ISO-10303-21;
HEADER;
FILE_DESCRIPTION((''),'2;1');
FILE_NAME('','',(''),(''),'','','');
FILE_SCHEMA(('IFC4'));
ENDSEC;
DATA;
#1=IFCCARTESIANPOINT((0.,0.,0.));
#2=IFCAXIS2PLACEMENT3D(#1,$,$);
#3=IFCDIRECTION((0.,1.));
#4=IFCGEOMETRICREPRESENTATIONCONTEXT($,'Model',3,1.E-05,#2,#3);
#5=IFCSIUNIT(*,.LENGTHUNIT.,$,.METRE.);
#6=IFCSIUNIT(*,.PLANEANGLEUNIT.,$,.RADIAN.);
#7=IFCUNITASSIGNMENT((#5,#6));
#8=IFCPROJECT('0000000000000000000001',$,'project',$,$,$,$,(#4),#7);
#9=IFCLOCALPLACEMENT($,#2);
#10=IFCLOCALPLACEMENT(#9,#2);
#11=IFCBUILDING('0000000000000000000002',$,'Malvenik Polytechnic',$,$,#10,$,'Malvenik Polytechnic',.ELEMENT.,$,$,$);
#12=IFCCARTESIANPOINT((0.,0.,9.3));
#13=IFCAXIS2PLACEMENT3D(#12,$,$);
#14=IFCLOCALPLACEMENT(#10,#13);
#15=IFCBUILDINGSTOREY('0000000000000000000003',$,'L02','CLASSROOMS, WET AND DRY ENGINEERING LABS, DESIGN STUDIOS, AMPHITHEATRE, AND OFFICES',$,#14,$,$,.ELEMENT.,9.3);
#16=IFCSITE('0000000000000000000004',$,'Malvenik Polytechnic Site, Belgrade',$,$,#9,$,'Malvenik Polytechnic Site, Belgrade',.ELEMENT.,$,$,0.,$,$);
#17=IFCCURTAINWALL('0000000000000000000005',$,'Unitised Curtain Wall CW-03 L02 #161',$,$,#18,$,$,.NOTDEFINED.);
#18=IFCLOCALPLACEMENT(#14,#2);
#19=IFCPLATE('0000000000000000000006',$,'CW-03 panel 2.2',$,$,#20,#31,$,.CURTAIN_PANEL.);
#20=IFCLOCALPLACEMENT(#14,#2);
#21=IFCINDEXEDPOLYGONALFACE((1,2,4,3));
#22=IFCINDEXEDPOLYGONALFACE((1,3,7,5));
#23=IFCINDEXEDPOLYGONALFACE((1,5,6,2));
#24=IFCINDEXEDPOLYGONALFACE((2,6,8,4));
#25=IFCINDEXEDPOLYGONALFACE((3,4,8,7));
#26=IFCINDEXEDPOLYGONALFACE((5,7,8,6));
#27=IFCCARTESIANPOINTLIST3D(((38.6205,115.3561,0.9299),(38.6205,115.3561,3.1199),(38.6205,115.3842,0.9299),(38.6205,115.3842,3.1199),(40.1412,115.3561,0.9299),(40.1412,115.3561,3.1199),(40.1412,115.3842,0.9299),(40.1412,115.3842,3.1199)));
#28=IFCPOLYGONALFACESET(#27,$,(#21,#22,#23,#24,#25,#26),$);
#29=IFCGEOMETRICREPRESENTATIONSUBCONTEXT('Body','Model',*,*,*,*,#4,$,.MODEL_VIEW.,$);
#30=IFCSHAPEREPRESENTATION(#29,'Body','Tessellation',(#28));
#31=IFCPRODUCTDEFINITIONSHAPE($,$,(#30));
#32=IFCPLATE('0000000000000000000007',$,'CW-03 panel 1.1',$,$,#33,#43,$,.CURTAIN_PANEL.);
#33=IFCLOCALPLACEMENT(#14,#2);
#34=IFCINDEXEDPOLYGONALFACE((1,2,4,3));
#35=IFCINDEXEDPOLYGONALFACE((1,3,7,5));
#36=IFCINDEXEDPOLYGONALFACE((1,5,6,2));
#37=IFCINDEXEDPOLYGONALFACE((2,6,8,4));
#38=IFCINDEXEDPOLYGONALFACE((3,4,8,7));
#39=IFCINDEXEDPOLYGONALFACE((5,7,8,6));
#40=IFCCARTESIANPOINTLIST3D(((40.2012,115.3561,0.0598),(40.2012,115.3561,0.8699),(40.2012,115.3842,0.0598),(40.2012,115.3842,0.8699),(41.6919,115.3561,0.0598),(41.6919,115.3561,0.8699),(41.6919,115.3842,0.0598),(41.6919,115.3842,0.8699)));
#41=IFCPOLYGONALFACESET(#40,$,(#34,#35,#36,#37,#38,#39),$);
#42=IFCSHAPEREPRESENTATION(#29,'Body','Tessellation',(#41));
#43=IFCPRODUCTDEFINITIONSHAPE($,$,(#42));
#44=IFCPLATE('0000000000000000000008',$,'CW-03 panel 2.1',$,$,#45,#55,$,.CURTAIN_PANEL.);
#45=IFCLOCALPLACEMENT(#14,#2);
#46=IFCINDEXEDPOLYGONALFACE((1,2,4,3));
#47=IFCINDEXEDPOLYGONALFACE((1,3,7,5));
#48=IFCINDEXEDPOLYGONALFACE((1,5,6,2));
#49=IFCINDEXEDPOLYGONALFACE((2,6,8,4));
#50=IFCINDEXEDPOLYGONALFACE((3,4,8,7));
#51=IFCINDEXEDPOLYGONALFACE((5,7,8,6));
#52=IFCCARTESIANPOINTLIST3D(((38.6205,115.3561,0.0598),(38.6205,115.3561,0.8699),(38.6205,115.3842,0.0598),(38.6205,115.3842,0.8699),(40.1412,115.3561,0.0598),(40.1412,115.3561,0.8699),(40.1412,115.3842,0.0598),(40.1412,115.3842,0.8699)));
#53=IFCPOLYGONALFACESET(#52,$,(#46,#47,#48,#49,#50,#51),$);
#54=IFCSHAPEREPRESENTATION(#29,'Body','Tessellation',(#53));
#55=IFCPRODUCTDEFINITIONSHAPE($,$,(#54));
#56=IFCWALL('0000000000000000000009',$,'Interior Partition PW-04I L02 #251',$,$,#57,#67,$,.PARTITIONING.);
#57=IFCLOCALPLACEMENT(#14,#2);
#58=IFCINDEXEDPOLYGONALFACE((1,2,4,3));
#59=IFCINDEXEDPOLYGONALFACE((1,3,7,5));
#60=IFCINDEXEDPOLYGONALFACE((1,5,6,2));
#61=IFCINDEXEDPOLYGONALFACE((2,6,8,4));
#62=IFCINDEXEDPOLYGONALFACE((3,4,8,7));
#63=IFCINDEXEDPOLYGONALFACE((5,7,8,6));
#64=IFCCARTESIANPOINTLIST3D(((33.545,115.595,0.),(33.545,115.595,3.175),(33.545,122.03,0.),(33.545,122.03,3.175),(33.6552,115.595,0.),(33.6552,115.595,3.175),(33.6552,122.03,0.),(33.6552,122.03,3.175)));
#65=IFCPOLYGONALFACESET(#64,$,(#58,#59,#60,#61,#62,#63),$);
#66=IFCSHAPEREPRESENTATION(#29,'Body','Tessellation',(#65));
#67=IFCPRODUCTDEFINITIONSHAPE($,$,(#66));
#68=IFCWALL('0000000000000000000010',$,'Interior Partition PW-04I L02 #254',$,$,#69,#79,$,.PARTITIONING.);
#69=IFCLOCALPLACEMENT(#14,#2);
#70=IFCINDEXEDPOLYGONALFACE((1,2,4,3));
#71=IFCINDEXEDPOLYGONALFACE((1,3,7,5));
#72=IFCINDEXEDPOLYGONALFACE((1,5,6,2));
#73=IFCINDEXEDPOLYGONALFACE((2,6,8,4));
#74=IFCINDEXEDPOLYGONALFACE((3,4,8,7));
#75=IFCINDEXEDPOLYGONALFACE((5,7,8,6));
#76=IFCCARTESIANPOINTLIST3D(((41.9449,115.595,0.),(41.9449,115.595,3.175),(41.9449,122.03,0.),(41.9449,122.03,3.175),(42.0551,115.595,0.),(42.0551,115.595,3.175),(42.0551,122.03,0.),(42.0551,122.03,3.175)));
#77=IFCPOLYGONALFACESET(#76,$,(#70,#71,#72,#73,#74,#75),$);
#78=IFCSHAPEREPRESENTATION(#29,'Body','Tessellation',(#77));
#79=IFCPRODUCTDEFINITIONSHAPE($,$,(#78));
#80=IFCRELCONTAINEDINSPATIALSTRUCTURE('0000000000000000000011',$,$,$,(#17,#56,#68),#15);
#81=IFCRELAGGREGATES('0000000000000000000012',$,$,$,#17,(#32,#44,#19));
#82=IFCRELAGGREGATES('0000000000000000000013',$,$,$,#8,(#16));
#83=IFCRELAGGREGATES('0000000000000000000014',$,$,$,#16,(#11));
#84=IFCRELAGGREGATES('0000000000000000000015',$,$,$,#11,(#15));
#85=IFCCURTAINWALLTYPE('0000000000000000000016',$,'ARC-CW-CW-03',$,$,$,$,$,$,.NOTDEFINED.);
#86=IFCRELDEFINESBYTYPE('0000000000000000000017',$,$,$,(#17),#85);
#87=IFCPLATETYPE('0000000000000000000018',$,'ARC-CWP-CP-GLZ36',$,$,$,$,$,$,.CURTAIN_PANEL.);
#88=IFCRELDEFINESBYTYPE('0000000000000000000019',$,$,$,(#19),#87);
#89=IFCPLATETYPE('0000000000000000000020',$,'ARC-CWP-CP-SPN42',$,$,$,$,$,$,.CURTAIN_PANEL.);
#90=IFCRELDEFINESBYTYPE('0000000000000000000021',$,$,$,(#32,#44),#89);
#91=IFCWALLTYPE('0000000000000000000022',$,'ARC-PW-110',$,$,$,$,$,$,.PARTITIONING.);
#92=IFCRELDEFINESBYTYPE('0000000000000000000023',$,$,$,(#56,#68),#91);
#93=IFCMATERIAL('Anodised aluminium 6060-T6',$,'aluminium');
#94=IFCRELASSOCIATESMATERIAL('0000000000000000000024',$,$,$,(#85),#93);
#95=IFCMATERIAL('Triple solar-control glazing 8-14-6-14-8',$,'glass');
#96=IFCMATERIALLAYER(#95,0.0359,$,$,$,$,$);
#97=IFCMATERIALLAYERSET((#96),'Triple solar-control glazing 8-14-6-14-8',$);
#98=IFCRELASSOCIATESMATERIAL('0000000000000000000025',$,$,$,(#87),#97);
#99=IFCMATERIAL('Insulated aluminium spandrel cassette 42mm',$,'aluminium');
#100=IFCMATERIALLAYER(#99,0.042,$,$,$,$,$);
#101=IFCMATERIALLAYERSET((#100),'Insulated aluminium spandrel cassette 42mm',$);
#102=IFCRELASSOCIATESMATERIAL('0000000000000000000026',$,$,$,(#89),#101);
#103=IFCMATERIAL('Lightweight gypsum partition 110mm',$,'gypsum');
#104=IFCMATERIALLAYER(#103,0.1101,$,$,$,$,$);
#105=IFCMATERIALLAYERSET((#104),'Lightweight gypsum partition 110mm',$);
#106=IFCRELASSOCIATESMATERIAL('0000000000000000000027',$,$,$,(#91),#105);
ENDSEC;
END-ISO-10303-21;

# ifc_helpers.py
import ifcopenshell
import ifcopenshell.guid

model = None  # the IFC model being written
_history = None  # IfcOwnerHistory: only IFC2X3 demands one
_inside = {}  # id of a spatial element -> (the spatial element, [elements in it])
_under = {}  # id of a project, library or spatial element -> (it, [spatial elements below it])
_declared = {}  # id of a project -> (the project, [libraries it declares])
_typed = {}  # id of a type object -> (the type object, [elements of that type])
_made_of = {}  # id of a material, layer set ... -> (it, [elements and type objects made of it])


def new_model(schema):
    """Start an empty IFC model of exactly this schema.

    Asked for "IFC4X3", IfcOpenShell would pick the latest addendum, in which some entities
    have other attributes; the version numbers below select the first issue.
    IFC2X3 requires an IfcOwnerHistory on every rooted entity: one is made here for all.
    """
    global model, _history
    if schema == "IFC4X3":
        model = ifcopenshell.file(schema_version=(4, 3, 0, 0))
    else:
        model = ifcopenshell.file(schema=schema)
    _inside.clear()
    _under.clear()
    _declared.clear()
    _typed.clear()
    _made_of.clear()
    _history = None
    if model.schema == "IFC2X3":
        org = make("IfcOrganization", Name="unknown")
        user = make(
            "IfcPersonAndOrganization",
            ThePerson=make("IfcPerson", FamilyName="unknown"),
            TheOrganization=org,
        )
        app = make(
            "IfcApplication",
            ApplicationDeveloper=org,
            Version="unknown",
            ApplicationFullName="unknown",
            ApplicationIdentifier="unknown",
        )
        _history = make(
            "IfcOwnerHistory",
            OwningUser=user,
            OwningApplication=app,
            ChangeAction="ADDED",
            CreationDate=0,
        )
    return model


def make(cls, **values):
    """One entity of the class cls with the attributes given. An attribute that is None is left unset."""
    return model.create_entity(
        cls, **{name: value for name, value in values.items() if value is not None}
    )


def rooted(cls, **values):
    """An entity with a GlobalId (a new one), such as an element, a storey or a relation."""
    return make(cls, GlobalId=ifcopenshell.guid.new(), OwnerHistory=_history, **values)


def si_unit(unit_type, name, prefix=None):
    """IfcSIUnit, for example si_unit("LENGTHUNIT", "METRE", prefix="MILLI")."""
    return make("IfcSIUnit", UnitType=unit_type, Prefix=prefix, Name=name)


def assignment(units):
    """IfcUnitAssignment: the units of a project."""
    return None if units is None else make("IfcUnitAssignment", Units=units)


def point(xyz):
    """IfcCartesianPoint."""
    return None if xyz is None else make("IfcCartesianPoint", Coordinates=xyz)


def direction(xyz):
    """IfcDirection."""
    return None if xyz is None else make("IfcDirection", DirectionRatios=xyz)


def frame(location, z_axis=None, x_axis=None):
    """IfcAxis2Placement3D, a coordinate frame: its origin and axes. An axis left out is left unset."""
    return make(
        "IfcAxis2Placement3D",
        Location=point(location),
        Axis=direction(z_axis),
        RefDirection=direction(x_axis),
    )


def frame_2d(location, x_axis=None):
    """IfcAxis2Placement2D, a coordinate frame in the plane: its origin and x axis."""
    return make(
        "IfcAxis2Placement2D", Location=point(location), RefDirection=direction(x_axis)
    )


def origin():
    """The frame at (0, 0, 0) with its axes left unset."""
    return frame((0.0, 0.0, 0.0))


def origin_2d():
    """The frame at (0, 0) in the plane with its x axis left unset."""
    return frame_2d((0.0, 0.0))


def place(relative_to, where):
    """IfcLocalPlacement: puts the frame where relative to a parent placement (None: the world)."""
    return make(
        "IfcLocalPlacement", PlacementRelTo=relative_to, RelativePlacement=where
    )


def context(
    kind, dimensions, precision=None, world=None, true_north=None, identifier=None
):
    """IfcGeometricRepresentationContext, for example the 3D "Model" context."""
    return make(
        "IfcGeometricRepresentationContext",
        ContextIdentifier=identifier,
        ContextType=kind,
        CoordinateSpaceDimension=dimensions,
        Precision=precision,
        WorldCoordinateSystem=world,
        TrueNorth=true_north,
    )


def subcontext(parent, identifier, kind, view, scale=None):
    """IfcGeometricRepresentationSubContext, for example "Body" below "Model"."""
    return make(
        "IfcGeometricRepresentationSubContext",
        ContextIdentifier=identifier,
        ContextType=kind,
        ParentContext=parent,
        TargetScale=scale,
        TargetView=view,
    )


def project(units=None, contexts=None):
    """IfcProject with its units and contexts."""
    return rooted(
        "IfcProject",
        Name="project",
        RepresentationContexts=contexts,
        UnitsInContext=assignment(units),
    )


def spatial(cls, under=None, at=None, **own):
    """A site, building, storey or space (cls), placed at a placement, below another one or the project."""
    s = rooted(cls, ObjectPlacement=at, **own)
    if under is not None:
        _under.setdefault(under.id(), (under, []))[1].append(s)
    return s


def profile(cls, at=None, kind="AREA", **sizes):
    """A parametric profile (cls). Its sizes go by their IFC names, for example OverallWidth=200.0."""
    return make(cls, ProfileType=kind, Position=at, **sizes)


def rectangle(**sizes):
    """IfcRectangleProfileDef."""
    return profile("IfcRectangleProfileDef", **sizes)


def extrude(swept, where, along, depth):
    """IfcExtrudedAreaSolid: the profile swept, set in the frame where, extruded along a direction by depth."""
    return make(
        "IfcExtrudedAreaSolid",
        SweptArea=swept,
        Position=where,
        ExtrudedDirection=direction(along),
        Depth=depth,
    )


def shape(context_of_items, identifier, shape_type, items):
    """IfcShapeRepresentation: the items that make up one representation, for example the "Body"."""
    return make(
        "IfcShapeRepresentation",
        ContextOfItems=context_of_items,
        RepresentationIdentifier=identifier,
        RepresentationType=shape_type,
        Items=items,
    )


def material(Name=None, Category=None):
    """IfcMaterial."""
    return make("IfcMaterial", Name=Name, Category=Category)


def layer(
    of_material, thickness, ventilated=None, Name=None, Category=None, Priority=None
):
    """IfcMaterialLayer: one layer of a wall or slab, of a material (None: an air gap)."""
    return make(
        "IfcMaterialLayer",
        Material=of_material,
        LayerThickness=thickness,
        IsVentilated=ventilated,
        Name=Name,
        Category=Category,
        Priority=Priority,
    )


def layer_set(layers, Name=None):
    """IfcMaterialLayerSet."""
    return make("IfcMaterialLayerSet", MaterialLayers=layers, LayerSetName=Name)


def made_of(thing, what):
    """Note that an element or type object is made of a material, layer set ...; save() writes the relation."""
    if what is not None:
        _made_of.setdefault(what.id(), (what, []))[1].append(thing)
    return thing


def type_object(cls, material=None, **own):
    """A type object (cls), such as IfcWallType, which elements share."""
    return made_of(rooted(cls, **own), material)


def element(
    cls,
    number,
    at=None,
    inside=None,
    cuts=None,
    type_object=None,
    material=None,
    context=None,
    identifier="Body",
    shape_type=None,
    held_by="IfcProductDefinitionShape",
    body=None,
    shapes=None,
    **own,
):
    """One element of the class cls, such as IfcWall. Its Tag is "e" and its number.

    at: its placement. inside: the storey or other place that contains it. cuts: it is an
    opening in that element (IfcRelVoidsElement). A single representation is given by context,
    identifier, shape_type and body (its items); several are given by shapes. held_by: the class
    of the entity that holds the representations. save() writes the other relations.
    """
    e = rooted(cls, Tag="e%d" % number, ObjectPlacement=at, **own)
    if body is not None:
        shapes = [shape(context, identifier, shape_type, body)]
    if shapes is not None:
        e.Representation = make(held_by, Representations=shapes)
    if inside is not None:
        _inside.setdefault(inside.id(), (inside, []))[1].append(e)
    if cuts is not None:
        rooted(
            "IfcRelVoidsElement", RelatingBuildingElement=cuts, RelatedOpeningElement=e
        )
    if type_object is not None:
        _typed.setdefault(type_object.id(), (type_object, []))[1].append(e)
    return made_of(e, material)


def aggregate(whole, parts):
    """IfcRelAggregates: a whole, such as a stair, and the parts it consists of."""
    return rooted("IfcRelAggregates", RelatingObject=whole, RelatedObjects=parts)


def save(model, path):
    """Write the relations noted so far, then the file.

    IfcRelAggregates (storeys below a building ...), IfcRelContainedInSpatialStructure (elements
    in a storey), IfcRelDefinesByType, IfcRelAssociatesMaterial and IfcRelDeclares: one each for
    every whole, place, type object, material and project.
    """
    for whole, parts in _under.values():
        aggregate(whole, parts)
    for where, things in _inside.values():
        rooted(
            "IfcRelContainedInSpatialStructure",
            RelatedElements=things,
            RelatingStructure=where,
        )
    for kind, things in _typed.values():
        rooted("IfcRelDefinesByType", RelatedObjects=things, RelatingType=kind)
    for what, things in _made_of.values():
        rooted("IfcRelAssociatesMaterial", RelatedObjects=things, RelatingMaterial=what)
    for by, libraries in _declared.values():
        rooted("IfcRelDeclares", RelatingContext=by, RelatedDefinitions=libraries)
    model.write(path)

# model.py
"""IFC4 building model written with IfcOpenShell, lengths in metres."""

from ifc_helpers import new_model, si_unit, direction, frame, frame_2d, origin, origin_2d, place, context, subcontext, project, spatial, rectangle, extrude, material, layer, layer_set, type_object, element, aggregate, save


model = new_model("IFC4")

# Units and contexts
model_context = context("Model", 3, precision=1e-05, world=origin(), true_north=direction((0.0, 1.0)))
body_context = subcontext(model_context, "Body", "Model", "MODEL_VIEW")
ifc_project = project(units=[si_unit("LENGTHUNIT", "METRE"), si_unit("PLANEANGLEUNIT", "RADIAN")], contexts=[model_context])

# Site, building, storey
site_placement = place(None, origin())
site = spatial("IfcSite", under=ifc_project, at=site_placement, Name="Malvenik Polytechnic Site, Belgrade", LongName="Malvenik Polytechnic Site, Belgrade", CompositionType="ELEMENT", RefElevation=0.0)
building_placement = place(site_placement, origin())
building = spatial("IfcBuilding", under=site, at=building_placement, Name="Malvenik Polytechnic", LongName="Malvenik Polytechnic", CompositionType="ELEMENT")
storey_placement = place(building_placement, frame((0.0, 0.0, 9.3)))
storey = spatial("IfcBuildingStorey", under=building, at=storey_placement, Name="L02", Description="CLASSROOMS, WET AND DRY ENGINEERING LABS, DESIGN STUDIOS, AMPHITHEATRE, AND OFFICES", CompositionType="ELEMENT", Elevation=9.3)

# Curtain wall
ifc_material_1 = material(Name="Anodised aluminium 6060-T6", Category="aluminium")
curtain_wall_type = type_object("IfcCurtainWallType", Name="ARC-CW-CW-03", PredefinedType="NOTDEFINED", material=ifc_material_1)
curtain_wall_placement = place(storey_placement, origin())
curtain_wall = element("IfcCurtainWall", 1, at=curtain_wall_placement, inside=storey, type_object=curtain_wall_type, Name="Unitised Curtain Wall CW-03 L02 #161", PredefinedType="NOTDEFINED")

# Plates
ifc_material_2 = material(Name="Triple solar-control glazing 8-14-6-14-8", Category="glass")
ifc_layer_1 = layer(ifc_material_2, 0.0359)
ifc_layer_set_1 = layer_set([ifc_layer_1], Name="Triple solar-control glazing 8-14-6-14-8")
plate_type_1 = type_object("IfcPlateType", Name="ARC-CWP-CP-GLZ36", PredefinedType="CURTAIN_PANEL", material=ifc_layer_set_1)
plate_1_placement = place(storey_placement, frame((39.3809, 115.3701, 0.9299), z_axis=(0.0, 0.0, 1.0), x_axis=(-1.0, 0.0, 0.0)))
plate_1 = element("IfcPlate", 2, at=plate_1_placement, type_object=plate_type_1, Name="CW-03 panel 2.2", PredefinedType="CURTAIN_PANEL", context=body_context, shape_type="SweptSolid", body=[
    extrude(rectangle(XDim=1.5208, YDim=0.0281, at=origin_2d()), origin(), (0.0, 0.0, 1.0), 2.1899),
])
ifc_material_3 = material(Name="Insulated aluminium spandrel cassette 42mm", Category="aluminium")
ifc_layer_2 = layer(ifc_material_3, 0.042)
ifc_layer_set_2 = layer_set([ifc_layer_2], Name="Insulated aluminium spandrel cassette 42mm")
plate_type_2 = type_object("IfcPlateType", Name="ARC-CWP-CP-SPN42", PredefinedType="CURTAIN_PANEL", material=ifc_layer_set_2)
plate_2_placement = place(storey_placement, frame((40.9465, 115.3701, 0.0598), z_axis=(0.0, 0.0, 1.0), x_axis=(-1.0, 0.0, 0.0)))
plate_2 = element("IfcPlate", 3, at=plate_2_placement, type_object=plate_type_2, Name="CW-03 panel 1.1", PredefinedType="CURTAIN_PANEL", context=body_context, shape_type="SweptSolid", body=[
    extrude(rectangle(XDim=1.4907, YDim=0.0281, at=origin_2d()), origin(), (0.0, 0.0, 1.0), 0.8101),
])
plate_3_placement = place(storey_placement, frame((39.3809, 115.3701, 0.0598), z_axis=(0.0, 0.0, 1.0), x_axis=(-1.0, 0.0, 0.0)))
plate_3 = element("IfcPlate", 4, at=plate_3_placement, type_object=plate_type_2, Name="CW-03 panel 2.1", PredefinedType="CURTAIN_PANEL", context=body_context, shape_type="SweptSolid", body=[
    extrude(rectangle(XDim=1.5208, YDim=0.0281, at=origin_2d()), origin(), (0.0, 0.0, 1.0), 0.8101),
])
aggregate(curtain_wall, [plate_2, plate_3, plate_1])

# Walls
ifc_material_4 = material(Name="Lightweight gypsum partition 110mm", Category="gypsum")
ifc_layer_3 = layer(ifc_material_4, 0.1101)
ifc_layer_set_3 = layer_set([ifc_layer_3], Name="Lightweight gypsum partition 110mm")
wall_type = type_object("IfcWallType", Name="ARC-PW-110", PredefinedType="PARTITIONING", material=ifc_layer_set_3)
for number, where, z_axis, x_axis, name in (
    (5, (33.6001, 115.595, 0.0), (0.0, 0.0, 1.0), (0.0, 1.0, 0.0), "Interior Partition PW-04I L02 #251"),
    (6, (42.0, 115.595, 0.0), (0.0, 0.0, 1.0), (0.0, 1.0, 0.0), "Interior Partition PW-04I L02 #254"),
):
    element("IfcWall", number, at=place(storey_placement, frame(where, z_axis=z_axis, x_axis=x_axis)), inside=storey, type_object=wall_type, Name=name, PredefinedType="PARTITIONING", context=body_context, shape_type="SweptSolid", body=[
        extrude(rectangle(XDim=6.4351, YDim=0.1101, at=frame_2d((3.2175, 0.0))), origin(), (0.0, 0.0, 1.0), 3.175),
    ])

save(model, "model.ifc")
